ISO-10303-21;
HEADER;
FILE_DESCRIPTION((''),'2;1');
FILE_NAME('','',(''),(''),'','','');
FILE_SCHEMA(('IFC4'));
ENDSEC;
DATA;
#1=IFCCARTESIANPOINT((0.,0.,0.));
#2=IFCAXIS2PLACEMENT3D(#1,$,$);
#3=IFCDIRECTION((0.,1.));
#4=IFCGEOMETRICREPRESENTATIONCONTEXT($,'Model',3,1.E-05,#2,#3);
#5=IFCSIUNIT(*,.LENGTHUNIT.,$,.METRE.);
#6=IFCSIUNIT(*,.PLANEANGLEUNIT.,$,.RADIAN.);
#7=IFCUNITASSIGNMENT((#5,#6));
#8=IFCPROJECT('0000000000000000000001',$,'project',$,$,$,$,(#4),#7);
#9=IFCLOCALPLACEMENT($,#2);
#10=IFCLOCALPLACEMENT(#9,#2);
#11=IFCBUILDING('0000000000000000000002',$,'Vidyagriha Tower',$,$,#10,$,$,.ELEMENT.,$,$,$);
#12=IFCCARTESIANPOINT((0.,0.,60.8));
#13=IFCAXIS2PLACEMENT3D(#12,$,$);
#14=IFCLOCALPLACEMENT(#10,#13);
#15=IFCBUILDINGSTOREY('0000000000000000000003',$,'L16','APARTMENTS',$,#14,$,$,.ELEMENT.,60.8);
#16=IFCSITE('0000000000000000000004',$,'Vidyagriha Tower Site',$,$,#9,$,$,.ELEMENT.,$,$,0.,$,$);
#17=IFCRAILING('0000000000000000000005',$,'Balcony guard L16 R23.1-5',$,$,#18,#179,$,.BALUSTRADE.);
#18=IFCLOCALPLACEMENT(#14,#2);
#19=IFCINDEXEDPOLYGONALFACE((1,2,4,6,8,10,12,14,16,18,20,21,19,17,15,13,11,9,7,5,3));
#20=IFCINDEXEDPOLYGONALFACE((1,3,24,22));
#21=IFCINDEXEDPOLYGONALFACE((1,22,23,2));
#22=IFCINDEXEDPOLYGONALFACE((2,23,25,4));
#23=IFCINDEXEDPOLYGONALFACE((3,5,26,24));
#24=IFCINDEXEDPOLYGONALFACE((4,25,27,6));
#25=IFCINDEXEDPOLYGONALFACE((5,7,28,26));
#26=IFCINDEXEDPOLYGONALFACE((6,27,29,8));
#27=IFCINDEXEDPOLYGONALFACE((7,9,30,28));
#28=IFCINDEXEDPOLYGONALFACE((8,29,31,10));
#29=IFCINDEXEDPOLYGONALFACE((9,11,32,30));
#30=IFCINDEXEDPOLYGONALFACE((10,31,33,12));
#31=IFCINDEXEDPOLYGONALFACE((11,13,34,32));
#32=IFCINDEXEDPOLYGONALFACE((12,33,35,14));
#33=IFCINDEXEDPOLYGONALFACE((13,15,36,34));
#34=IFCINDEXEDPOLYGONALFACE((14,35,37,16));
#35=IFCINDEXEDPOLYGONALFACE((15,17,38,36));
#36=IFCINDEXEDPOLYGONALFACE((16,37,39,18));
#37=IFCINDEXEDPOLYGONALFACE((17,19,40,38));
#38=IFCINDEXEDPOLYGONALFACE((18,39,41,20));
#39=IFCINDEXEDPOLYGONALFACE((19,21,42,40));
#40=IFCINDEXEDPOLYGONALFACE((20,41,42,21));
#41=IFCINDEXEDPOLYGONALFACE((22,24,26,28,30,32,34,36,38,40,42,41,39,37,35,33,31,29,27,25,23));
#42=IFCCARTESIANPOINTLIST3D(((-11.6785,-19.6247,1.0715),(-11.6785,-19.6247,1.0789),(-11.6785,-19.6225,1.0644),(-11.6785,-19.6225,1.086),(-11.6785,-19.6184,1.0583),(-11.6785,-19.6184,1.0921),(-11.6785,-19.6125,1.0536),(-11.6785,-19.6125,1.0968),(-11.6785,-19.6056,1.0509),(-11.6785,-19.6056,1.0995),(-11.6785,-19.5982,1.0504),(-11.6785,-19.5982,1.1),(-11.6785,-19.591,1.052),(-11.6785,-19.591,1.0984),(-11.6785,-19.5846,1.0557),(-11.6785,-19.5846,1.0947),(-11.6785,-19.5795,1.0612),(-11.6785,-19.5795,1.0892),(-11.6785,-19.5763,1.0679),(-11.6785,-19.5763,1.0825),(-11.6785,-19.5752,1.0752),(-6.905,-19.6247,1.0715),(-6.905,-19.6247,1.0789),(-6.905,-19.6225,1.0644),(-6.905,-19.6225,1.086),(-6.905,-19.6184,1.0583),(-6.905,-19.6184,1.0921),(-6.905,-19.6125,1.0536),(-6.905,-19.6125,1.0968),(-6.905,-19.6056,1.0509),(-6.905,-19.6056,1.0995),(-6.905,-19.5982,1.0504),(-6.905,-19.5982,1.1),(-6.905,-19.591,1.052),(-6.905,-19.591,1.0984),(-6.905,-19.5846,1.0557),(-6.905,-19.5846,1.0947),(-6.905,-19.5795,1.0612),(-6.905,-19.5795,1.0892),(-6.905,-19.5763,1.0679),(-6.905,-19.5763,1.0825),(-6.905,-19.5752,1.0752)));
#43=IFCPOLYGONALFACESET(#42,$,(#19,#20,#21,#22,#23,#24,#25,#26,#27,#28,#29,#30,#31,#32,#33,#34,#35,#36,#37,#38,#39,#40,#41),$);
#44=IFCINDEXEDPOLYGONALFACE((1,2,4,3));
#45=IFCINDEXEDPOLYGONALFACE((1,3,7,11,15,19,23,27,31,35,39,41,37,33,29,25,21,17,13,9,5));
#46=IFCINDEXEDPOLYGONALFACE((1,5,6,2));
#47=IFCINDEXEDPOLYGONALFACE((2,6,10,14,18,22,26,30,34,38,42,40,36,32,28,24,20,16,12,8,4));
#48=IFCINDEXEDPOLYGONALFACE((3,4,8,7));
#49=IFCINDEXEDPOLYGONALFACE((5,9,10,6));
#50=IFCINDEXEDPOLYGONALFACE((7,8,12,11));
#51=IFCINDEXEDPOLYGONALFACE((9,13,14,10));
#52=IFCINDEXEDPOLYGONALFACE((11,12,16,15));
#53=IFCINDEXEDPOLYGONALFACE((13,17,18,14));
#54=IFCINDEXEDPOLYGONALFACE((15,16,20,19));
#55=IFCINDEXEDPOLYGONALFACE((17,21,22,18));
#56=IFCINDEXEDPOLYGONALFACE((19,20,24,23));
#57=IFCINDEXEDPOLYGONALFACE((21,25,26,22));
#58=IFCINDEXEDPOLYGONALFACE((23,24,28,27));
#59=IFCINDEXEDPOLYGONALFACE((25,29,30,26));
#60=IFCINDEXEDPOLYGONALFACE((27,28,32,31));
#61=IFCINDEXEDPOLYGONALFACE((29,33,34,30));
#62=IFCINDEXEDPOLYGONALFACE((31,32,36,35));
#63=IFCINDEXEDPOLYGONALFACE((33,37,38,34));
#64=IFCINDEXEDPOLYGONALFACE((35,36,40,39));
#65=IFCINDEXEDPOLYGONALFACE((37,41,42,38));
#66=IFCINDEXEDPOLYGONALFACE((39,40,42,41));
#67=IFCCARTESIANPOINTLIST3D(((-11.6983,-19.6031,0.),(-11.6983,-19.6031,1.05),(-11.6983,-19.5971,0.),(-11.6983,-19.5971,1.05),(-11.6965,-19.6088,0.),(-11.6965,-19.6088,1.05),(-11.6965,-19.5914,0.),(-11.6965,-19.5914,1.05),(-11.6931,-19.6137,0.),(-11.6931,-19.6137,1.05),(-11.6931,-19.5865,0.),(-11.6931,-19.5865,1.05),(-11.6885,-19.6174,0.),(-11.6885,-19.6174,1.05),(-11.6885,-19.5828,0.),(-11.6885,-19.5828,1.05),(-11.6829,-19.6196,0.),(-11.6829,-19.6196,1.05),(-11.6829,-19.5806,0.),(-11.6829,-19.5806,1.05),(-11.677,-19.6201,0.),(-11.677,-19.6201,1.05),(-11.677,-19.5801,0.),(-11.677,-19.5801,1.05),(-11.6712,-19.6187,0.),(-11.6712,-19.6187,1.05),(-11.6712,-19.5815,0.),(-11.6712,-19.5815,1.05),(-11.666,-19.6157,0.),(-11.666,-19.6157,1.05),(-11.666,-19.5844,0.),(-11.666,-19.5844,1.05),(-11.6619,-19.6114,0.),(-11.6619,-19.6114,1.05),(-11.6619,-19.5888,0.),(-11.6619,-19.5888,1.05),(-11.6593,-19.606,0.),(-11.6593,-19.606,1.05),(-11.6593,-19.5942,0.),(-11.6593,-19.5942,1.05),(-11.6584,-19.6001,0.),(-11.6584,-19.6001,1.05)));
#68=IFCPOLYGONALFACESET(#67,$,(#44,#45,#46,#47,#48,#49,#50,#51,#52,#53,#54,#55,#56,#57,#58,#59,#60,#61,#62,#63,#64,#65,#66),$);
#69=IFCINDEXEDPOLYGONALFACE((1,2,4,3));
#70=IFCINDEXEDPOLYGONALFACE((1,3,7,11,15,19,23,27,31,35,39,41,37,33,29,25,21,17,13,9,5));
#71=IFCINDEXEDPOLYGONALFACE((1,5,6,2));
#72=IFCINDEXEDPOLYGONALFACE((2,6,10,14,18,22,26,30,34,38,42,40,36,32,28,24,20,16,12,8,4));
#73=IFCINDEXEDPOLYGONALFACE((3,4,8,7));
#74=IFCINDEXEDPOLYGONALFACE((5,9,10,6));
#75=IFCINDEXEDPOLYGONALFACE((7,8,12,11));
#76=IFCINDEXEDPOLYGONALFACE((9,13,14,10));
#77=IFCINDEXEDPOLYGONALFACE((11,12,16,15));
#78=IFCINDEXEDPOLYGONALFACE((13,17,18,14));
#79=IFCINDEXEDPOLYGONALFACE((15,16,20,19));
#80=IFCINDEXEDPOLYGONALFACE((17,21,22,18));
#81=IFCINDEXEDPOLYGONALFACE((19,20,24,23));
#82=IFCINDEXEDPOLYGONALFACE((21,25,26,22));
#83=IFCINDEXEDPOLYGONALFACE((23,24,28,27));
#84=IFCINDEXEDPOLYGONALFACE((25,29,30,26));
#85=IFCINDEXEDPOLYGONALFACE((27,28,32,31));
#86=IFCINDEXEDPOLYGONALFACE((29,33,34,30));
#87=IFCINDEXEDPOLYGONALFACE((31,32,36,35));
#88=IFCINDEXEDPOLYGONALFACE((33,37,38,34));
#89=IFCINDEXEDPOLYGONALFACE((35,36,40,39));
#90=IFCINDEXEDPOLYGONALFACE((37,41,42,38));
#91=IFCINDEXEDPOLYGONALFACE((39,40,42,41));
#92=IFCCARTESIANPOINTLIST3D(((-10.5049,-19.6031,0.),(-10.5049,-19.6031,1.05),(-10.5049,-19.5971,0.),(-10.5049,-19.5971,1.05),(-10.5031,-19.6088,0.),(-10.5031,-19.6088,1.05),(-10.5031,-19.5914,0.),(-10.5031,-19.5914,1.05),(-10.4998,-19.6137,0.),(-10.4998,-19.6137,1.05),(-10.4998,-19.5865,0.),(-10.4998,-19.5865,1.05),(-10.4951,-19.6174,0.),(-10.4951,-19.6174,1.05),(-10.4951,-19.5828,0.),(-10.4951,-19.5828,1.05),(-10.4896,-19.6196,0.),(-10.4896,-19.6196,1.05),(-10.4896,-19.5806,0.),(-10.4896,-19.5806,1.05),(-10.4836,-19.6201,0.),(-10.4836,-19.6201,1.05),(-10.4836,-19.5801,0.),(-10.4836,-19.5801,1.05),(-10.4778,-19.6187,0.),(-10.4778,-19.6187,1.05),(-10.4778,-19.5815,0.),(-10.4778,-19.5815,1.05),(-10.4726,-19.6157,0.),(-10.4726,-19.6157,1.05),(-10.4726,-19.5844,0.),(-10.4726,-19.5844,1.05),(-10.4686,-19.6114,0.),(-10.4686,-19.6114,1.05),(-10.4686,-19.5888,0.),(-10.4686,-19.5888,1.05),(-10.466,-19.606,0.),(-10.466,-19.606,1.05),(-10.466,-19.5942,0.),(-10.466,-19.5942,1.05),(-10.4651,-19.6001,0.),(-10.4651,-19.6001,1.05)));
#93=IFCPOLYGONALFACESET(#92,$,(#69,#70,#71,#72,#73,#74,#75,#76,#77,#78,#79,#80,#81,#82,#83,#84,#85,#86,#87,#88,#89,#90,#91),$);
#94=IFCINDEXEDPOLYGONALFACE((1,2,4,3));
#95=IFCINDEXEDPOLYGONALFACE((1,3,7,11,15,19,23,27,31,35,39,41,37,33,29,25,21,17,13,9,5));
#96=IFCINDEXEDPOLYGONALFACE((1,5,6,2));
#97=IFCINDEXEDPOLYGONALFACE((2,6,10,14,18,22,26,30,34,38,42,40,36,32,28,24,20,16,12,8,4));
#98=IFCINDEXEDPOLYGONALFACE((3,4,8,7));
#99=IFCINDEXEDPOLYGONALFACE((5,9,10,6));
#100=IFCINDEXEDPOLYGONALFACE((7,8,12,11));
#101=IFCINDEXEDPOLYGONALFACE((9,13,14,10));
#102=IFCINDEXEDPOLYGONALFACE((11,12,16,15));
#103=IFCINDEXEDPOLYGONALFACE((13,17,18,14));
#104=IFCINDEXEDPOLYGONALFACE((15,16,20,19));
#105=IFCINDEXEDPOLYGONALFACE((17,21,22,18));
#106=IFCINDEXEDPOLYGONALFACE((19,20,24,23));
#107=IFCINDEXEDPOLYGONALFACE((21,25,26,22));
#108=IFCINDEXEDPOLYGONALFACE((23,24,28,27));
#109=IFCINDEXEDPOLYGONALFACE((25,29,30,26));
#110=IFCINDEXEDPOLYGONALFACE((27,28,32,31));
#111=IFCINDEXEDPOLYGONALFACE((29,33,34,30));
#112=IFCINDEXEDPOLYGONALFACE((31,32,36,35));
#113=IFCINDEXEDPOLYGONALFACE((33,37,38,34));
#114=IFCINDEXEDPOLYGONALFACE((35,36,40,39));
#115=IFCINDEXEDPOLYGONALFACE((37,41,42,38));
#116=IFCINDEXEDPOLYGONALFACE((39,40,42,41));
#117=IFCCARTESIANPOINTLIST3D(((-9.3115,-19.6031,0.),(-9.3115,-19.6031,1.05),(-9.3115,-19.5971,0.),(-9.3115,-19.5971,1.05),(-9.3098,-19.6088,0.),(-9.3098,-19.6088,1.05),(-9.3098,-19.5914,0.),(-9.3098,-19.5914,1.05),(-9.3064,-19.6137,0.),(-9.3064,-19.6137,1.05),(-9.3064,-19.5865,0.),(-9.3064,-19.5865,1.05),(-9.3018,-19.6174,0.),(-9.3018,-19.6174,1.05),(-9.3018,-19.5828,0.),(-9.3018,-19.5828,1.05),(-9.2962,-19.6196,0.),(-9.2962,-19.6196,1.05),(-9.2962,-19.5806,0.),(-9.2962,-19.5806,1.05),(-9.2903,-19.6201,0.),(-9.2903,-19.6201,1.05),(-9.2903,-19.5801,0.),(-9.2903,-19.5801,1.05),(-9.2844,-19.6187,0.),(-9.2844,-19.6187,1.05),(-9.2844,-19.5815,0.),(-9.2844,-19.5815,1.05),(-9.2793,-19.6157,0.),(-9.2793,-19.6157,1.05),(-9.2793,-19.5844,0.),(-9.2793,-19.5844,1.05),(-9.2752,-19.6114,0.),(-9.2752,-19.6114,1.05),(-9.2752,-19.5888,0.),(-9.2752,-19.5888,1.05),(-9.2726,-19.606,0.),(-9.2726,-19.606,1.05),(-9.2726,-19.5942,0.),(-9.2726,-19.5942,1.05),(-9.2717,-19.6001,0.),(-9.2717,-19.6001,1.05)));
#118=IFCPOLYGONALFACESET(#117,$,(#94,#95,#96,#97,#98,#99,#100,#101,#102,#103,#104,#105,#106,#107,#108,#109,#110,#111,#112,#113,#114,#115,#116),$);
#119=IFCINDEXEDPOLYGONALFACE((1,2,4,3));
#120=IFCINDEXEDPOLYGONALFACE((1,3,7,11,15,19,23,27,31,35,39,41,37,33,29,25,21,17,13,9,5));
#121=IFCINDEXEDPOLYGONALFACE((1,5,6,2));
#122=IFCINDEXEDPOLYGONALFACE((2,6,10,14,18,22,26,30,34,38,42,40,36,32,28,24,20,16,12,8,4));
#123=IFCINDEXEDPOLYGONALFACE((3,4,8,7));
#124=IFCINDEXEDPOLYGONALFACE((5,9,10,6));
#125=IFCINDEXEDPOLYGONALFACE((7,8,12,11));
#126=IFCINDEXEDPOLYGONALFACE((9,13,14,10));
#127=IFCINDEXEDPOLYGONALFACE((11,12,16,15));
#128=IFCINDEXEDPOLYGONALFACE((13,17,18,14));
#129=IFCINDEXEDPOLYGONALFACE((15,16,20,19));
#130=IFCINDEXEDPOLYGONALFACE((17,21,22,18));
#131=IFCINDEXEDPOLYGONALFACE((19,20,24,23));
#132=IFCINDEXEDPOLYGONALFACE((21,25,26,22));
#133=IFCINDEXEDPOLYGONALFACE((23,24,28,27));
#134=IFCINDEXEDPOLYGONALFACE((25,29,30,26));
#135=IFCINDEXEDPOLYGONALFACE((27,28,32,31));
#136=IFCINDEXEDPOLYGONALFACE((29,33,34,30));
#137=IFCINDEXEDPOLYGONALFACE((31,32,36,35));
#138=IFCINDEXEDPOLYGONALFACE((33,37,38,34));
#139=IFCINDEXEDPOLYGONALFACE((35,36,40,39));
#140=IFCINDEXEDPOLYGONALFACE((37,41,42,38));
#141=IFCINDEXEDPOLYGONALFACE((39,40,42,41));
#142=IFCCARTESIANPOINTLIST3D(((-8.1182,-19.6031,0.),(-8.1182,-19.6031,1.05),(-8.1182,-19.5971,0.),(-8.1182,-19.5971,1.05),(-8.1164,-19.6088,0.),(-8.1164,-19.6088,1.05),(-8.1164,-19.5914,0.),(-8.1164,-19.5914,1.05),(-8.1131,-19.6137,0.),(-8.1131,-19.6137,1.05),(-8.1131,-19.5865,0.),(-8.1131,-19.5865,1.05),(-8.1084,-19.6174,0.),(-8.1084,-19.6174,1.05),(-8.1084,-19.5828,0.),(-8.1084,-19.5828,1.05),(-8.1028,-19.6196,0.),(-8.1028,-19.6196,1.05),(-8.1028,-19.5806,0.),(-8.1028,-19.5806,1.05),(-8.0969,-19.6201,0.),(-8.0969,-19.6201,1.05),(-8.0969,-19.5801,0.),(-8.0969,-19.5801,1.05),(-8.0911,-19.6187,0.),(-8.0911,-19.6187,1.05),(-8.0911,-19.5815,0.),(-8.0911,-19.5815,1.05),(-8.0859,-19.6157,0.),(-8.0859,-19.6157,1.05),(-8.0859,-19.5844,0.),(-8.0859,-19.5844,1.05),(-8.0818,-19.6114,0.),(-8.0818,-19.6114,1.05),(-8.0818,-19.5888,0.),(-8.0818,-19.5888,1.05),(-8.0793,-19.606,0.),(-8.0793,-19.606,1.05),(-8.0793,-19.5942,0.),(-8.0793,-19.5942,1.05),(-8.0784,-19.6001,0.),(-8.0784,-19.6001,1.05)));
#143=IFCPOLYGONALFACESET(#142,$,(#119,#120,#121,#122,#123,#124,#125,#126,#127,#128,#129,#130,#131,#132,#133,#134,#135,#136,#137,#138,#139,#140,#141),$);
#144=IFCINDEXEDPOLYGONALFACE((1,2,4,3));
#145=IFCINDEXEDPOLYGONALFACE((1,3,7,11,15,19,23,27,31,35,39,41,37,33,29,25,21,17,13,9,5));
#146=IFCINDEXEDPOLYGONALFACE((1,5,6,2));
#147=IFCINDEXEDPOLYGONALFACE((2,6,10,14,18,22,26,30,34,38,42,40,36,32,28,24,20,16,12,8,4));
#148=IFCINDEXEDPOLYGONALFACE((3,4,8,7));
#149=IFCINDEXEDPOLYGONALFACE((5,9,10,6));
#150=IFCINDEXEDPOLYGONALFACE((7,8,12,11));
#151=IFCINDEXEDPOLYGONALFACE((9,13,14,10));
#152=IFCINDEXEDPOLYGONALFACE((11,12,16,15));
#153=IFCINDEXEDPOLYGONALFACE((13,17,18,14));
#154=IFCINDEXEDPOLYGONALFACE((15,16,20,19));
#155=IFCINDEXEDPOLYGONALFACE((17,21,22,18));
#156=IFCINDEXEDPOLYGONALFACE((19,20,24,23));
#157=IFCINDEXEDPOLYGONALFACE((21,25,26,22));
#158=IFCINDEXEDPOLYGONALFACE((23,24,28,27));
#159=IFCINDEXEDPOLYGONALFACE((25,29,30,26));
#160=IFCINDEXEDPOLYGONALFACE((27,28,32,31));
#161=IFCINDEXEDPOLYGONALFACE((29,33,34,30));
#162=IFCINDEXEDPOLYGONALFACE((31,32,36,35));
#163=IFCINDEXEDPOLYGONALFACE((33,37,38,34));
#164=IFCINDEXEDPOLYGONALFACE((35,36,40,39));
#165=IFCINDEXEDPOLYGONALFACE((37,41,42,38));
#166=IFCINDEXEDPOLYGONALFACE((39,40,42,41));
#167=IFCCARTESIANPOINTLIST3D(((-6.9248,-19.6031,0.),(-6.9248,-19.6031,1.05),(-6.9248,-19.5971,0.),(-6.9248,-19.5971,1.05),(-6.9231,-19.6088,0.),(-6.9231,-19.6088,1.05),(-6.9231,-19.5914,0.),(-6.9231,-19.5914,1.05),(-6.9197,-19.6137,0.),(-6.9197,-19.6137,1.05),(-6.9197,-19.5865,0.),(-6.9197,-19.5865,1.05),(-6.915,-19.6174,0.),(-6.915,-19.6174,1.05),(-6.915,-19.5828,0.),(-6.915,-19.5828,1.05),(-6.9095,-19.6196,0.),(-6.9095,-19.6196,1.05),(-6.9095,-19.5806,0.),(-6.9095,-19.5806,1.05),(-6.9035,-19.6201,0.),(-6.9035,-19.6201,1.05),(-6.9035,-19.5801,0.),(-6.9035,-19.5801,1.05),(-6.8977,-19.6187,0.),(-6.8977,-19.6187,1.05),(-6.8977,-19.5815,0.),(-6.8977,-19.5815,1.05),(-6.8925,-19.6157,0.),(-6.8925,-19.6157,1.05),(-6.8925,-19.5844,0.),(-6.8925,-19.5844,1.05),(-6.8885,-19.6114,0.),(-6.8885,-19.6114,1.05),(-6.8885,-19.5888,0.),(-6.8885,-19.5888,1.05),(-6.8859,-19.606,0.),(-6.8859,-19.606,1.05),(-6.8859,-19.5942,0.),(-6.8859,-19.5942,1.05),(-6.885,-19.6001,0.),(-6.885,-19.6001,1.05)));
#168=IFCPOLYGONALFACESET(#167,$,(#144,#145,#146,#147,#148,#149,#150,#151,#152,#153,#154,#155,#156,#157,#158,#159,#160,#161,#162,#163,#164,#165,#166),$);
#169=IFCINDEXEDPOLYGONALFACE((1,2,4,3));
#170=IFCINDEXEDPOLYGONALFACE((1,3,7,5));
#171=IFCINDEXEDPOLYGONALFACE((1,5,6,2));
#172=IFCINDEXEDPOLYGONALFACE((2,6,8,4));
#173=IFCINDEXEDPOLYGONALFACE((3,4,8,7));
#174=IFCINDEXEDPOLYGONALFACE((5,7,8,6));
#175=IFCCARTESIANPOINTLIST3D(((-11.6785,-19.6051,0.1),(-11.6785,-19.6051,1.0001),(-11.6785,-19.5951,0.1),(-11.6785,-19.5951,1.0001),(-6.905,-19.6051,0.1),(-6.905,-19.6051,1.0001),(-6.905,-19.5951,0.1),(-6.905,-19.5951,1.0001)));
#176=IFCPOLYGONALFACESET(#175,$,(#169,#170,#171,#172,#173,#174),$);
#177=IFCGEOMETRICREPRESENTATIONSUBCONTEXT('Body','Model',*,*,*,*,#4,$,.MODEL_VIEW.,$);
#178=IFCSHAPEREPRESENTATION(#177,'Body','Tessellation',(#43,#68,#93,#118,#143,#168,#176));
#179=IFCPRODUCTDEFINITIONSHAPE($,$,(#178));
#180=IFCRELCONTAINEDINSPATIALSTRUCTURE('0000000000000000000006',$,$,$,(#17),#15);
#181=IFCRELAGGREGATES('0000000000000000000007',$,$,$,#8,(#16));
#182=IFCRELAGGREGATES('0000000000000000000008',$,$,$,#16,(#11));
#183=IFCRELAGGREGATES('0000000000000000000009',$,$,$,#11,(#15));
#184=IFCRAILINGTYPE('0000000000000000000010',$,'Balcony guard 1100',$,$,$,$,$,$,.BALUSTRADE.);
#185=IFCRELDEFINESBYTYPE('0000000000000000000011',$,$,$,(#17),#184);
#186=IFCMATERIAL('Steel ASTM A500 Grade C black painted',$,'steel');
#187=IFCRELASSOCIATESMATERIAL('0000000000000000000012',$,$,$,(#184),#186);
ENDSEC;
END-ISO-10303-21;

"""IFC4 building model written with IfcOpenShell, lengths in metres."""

from ifc_helpers import new_model, si_unit, direction, frame, origin, origin_2d, place, context, subcontext, project, spatial, rectangle, circle, extrude, material, type_object, element, save


model = new_model("IFC4")

# Units and contexts
model_context = context("Model", 3, precision=1e-05, world=origin(), true_north=direction((0.0, 1.0)))
body_context = subcontext(model_context, "Body", "Model", "MODEL_VIEW")
ifc_project = project(units=[si_unit("LENGTHUNIT", "METRE"), si_unit("PLANEANGLEUNIT", "RADIAN")], contexts=[model_context])

# Site, building, storey
site_placement = place(None, origin())
site = spatial("IfcSite", under=ifc_project, at=site_placement, Name="Vidyagriha Tower Site", CompositionType="ELEMENT", RefElevation=0.0)
building_placement = place(site_placement, origin())
building = spatial("IfcBuilding", under=site, at=building_placement, Name="Vidyagriha Tower", CompositionType="ELEMENT")
storey_placement = place(building_placement, frame((0.0, 0.0, 60.8)))
storey = spatial("IfcBuildingStorey", under=building, at=storey_placement, Name="L16", Description="APARTMENTS", CompositionType="ELEMENT", Elevation=60.8)

# Railing
ifc_material_1 = material(Name="Steel ASTM A500 Grade C black painted", Category="steel")
railing_type = type_object("IfcRailingType", Name="Balcony guard 1100", PredefinedType="BALUSTRADE", material=ifc_material_1)
railing_1_placement = place(storey_placement, frame((-11.6785, -19.6001, 0.0)))
element("IfcRailing", 1, at=railing_1_placement, inside=storey, type_object=railing_type, Name="Balcony guard L16 R23.1-5", PredefinedType="BALUSTRADE", context=body_context, shape_type="SweptSolid", body=[
    extrude(circle(Radius=0.0249, at=origin_2d()), frame((0.0, 0.0, 1.0752), z_axis=(1.0, 0.0, 0.0), x_axis=(0.0, 1.0, 0.0)), (0.0, 0.0, 1.0), 4.7734),
    extrude(circle(Radius=0.02, at=origin_2d()), origin(), (0.0, 0.0, 1.0), 1.05),
    extrude(circle(Radius=0.02, at=origin_2d()), frame((1.1934, 0.0, 0.0)), (0.0, 0.0, 1.0), 1.05),
    extrude(circle(Radius=0.02, at=origin_2d()), frame((2.3867, 0.0, 0.0)), (0.0, 0.0, 1.0), 1.05),
    extrude(circle(Radius=0.02, at=origin_2d()), frame((3.5801, 0.0, 0.0)), (0.0, 0.0, 1.0), 1.05),
    extrude(circle(Radius=0.02, at=origin_2d()), frame((4.7734, 0.0, 0.0)), (0.0, 0.0, 1.0), 1.05),
    extrude(rectangle(XDim=0.01, YDim=0.9001, at=origin_2d()), frame((0.0, 0.0, 0.55), z_axis=(1.0, 0.0, 0.0), x_axis=(0.0, 1.0, 0.0)), (0.0, 0.0, 1.0), 4.7734),
])

save(model, "model.ifc")
